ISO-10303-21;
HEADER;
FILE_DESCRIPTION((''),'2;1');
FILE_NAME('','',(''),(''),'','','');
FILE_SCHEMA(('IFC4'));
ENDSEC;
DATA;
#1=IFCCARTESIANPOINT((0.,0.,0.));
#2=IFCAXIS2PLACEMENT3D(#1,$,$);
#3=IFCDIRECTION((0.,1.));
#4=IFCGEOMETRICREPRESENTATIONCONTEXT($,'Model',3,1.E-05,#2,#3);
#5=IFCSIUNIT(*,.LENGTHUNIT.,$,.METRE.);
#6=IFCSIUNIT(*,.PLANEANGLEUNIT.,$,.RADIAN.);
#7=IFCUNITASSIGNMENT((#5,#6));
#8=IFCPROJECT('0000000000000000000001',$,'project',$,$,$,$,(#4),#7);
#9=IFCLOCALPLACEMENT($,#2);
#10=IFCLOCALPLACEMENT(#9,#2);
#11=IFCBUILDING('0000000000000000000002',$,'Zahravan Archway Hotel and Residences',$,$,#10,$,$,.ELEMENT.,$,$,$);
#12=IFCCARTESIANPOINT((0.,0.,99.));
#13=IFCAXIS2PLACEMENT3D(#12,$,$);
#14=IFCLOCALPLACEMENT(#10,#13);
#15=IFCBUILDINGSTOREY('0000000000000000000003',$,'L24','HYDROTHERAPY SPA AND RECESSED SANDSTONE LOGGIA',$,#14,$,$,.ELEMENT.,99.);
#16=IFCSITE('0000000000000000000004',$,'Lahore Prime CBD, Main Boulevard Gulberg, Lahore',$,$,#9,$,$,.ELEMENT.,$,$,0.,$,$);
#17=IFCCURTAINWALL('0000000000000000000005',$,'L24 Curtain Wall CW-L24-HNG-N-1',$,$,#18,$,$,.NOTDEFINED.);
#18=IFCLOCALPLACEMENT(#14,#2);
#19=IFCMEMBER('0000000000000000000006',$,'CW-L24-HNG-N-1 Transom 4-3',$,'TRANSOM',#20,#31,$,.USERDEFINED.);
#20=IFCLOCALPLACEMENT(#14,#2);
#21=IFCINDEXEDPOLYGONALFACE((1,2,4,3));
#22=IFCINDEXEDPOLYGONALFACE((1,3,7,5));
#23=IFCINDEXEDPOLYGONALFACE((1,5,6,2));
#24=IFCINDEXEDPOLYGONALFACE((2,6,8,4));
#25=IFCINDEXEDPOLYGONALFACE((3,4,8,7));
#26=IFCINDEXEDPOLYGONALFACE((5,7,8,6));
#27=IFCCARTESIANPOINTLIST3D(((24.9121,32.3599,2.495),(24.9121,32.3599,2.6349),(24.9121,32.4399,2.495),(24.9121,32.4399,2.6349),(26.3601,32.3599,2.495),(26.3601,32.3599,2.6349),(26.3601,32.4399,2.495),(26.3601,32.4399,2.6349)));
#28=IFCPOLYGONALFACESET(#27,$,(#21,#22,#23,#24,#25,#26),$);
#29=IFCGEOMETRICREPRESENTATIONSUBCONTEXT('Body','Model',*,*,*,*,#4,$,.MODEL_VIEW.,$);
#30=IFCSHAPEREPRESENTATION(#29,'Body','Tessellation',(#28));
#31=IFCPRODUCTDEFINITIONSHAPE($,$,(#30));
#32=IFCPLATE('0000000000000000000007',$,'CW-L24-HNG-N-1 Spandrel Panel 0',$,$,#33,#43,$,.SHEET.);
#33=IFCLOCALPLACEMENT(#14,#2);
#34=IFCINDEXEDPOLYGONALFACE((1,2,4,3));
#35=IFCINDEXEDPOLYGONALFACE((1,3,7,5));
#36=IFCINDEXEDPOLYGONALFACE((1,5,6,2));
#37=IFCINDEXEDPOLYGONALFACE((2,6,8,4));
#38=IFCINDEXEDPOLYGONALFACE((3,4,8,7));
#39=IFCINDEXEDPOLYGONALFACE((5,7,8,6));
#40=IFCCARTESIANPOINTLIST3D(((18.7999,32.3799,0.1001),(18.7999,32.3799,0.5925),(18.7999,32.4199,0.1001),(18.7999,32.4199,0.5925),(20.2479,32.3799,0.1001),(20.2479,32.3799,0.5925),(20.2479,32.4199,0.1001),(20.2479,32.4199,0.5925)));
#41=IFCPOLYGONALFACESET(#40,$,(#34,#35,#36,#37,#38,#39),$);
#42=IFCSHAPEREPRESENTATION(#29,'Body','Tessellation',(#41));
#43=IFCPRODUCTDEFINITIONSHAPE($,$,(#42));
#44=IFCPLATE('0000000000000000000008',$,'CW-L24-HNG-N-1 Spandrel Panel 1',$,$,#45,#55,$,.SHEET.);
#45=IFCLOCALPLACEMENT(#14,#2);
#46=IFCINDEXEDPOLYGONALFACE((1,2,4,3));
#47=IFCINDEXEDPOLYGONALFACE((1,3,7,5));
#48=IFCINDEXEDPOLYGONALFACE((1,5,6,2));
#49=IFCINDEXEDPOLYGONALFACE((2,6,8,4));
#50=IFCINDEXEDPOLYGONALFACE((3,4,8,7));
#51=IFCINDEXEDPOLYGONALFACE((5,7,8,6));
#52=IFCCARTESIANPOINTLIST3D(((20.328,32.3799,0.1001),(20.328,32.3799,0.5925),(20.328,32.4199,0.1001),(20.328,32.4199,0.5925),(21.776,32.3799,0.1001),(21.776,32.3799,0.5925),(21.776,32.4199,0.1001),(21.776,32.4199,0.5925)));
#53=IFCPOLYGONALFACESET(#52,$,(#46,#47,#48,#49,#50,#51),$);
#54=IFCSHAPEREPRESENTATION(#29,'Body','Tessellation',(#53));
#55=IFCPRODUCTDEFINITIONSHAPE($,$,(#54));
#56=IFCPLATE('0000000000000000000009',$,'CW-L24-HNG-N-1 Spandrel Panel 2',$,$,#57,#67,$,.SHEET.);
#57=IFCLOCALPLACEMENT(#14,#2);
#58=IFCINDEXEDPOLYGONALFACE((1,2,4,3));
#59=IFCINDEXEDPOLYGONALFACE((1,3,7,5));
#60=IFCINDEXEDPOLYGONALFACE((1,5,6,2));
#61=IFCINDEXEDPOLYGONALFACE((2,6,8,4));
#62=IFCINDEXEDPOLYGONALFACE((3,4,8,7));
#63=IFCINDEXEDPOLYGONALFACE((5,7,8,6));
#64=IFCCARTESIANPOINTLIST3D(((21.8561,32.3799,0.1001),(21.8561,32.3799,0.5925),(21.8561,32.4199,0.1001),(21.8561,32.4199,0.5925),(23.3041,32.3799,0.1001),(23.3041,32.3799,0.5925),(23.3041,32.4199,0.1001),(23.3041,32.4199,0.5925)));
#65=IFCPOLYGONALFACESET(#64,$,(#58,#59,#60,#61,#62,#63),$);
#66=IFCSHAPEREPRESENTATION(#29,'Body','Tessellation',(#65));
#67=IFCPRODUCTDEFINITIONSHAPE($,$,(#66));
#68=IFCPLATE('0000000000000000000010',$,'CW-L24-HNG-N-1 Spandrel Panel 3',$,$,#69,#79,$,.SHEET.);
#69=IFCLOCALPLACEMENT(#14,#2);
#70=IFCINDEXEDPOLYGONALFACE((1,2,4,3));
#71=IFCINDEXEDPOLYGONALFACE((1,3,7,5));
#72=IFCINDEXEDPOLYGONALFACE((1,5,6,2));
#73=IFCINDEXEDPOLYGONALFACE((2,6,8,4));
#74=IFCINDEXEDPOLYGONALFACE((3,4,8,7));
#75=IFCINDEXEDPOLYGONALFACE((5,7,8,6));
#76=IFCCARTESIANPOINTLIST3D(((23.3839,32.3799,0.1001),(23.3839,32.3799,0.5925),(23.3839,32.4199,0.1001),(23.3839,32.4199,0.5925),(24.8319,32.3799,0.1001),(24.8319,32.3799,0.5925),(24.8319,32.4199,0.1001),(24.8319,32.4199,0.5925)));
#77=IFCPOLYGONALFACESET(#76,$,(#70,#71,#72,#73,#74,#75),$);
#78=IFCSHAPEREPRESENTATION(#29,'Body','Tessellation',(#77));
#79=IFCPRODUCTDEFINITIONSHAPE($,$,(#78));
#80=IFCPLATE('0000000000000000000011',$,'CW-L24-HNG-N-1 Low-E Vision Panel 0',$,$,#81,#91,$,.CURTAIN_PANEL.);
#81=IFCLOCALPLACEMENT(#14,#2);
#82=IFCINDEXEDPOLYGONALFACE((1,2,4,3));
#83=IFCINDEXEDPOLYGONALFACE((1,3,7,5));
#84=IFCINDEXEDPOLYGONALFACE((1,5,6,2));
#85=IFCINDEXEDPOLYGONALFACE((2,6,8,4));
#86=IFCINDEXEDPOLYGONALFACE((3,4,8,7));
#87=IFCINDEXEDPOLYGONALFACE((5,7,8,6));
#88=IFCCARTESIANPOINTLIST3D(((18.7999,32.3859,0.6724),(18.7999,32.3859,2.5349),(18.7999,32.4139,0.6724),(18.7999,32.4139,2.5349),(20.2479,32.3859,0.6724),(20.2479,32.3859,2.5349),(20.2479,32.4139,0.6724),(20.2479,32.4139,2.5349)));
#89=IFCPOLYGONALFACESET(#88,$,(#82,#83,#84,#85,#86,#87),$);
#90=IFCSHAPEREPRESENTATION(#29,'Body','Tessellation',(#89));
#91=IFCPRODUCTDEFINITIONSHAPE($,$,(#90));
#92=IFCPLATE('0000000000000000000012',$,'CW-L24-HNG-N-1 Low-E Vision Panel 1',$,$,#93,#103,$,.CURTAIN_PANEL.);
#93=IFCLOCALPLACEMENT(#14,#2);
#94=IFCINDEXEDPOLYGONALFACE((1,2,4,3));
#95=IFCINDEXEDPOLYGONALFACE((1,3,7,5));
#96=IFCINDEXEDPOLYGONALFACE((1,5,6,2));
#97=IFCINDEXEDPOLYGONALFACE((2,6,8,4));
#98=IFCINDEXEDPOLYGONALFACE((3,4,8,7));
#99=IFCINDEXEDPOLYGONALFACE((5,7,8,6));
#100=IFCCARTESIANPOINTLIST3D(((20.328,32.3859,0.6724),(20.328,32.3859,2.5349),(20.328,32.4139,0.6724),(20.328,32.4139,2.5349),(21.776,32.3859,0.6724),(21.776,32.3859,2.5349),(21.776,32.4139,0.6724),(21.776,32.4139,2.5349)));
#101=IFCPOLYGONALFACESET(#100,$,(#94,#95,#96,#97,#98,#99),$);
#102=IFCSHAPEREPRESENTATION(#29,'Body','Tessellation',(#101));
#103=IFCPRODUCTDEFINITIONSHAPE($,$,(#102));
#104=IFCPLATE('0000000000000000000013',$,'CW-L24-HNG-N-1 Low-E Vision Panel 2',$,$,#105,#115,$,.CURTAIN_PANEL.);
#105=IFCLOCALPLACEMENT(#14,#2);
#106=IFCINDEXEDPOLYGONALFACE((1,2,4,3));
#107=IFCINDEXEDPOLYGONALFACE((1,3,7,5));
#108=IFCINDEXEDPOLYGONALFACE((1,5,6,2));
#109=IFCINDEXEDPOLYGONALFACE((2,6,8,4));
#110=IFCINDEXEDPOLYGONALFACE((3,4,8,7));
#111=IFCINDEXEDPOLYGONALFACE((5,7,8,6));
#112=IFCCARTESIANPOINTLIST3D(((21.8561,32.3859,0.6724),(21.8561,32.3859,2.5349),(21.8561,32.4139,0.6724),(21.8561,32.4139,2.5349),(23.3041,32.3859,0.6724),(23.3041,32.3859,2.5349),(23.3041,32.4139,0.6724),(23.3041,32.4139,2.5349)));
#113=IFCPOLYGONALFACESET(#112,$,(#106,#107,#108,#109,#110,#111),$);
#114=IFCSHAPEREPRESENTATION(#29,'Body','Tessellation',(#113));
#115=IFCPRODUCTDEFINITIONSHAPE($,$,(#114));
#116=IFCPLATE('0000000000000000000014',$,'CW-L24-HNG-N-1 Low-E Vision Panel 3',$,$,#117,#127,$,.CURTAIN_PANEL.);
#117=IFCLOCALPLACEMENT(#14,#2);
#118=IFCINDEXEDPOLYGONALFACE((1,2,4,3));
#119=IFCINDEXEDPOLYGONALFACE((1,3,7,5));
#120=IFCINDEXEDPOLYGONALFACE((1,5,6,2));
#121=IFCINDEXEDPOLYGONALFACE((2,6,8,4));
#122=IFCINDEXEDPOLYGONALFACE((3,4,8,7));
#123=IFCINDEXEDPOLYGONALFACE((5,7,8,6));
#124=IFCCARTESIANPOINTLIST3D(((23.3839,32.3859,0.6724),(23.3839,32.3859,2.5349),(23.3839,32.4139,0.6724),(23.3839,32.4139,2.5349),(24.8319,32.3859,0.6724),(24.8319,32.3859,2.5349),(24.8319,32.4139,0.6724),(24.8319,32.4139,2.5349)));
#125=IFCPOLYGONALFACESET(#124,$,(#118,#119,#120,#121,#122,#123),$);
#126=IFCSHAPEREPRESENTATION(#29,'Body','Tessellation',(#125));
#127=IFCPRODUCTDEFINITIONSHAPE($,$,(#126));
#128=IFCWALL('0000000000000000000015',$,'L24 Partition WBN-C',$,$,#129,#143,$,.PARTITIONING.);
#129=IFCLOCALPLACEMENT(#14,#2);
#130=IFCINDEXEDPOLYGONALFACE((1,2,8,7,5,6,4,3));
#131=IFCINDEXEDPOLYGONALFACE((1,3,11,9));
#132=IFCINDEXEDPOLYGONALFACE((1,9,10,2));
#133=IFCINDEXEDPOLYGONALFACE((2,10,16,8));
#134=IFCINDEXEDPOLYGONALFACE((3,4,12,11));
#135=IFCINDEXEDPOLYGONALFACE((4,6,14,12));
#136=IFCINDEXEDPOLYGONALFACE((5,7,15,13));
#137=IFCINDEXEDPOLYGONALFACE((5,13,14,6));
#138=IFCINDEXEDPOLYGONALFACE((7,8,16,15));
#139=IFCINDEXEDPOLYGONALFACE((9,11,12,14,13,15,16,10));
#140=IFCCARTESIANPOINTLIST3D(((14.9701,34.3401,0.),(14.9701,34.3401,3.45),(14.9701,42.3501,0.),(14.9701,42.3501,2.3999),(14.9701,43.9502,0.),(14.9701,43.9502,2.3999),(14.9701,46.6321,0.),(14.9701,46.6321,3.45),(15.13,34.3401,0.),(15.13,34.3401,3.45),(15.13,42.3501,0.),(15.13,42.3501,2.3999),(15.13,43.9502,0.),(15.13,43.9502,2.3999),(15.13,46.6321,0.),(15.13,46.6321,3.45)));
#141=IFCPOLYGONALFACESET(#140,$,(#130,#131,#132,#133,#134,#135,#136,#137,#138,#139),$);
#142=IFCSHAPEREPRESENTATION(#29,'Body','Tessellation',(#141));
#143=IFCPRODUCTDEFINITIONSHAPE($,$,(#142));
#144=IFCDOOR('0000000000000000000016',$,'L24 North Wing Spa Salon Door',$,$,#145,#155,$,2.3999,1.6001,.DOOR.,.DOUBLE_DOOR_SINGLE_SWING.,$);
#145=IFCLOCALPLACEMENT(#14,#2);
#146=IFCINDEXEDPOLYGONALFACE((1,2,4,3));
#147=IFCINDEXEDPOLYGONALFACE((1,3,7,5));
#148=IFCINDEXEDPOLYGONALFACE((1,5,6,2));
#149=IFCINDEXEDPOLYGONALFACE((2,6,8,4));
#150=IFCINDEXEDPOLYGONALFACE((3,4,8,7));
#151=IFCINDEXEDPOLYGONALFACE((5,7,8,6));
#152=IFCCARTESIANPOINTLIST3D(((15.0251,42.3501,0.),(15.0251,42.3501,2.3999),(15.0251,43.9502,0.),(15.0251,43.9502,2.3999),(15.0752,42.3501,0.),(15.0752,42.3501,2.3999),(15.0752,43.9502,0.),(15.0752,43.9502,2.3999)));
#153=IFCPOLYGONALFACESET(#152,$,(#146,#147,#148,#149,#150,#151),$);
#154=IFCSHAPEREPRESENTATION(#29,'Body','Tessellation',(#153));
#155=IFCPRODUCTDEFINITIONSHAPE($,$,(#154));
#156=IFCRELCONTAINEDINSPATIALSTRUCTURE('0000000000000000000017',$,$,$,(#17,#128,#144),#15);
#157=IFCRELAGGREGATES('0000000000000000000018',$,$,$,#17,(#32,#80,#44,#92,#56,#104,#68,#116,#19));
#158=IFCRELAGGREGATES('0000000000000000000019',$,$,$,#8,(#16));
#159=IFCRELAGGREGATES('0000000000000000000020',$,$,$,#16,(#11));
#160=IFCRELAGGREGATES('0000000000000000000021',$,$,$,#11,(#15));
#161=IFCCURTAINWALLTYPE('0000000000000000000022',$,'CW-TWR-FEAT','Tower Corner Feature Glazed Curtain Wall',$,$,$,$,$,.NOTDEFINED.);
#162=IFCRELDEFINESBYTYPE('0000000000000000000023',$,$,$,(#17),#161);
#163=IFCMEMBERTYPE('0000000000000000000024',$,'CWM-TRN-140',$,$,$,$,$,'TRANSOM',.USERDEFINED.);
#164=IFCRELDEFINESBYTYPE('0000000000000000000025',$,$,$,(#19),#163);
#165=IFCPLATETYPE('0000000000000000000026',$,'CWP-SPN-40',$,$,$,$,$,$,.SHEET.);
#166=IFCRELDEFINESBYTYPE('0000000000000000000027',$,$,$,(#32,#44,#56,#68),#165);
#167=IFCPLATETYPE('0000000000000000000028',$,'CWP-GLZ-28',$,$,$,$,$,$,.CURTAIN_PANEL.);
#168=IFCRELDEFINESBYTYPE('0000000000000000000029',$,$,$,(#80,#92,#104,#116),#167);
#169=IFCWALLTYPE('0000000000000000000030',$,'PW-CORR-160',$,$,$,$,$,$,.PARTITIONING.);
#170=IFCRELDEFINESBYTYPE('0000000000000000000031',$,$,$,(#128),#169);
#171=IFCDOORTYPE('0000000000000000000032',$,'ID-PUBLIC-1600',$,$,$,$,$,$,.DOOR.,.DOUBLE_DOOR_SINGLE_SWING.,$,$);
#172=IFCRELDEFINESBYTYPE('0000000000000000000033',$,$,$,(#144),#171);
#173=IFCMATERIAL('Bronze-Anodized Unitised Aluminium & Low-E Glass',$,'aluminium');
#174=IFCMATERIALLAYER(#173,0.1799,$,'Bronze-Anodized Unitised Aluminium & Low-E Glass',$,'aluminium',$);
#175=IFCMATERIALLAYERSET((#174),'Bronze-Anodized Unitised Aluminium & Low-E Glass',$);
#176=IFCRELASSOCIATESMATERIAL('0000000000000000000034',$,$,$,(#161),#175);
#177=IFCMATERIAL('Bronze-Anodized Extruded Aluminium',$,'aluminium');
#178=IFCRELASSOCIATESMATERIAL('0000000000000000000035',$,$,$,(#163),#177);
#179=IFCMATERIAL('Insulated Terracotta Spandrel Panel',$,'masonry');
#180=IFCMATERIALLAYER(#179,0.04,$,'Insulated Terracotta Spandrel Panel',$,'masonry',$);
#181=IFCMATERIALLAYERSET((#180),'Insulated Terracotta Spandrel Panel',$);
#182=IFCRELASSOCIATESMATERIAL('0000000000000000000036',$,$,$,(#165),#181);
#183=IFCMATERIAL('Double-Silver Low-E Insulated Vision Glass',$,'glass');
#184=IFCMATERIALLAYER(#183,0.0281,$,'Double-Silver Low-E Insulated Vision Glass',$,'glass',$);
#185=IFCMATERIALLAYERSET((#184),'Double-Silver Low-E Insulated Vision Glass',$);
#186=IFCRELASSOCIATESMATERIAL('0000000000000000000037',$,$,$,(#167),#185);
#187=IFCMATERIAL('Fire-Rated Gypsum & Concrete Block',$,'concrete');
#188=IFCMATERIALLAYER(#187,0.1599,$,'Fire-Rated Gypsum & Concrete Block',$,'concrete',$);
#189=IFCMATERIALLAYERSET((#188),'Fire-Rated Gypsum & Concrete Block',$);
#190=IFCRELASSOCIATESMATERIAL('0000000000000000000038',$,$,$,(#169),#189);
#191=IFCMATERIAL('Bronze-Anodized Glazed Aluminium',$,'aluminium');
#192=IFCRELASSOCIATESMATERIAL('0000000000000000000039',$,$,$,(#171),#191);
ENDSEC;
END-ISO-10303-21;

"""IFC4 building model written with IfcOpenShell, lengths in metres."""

from ifc_helpers import new_model, si_unit, direction, frame, frame_2d, origin, origin_2d, place, context, subcontext, project, spatial, rectangle, extrude, source, transform, mapped, material, layer, layer_set, material_profile, profile_set, type_object, type_shapes, element, fill, aggregate, save


model = new_model("IFC4")

# Units and contexts
model_context = context("Model", 3, precision=1e-05, world=origin(), true_north=direction((0.0, 1.0)))
body_context = subcontext(model_context, "Body", "Model", "MODEL_VIEW")
ifc_project = project(units=[si_unit("LENGTHUNIT", "METRE"), si_unit("PLANEANGLEUNIT", "RADIAN")], contexts=[model_context])

# Site, building, storey
site_placement = place(None, origin())
site = spatial("IfcSite", under=ifc_project, at=site_placement, Name="Lahore Prime CBD, Main Boulevard Gulberg, Lahore", CompositionType="ELEMENT", RefElevation=0.0)
building_placement = place(site_placement, origin())
building = spatial("IfcBuilding", under=site, at=building_placement, Name="Zahravan Archway Hotel and Residences", CompositionType="ELEMENT")
storey_placement = place(building_placement, frame((0.0, 0.0, 99.0)))
storey = spatial("IfcBuildingStorey", under=building, at=storey_placement, Name="L24", Description="HYDROTHERAPY SPA AND RECESSED SANDSTONE LOGGIA", CompositionType="ELEMENT", Elevation=99.0)

# Curtain wall, member, plates
ifc_material_1 = material(Name="Bronze-Anodized Unitised Aluminium & Low-E Glass", Category="aluminium")
ifc_layer_1 = layer(ifc_material_1, 0.1799, Name="Bronze-Anodized Unitised Aluminium & Low-E Glass", Category="aluminium")
ifc_layer_set_1 = layer_set([ifc_layer_1], Name="Bronze-Anodized Unitised Aluminium & Low-E Glass")
curtain_wall_type = type_object("IfcCurtainWallType", Name="CW-TWR-FEAT", Description="Tower Corner Feature Glazed Curtain Wall", PredefinedType="NOTDEFINED", material=ifc_layer_set_1)
curtain_wall_placement = place(storey_placement, origin())
curtain_wall = element("IfcCurtainWall", 1, at=curtain_wall_placement, inside=storey, type_object=curtain_wall_type, Name="L24 Curtain Wall CW-L24-HNG-N-1", PredefinedType="NOTDEFINED")
ifc_material_2 = material(Name="Bronze-Anodized Extruded Aluminium", Category="aluminium")
ifc_material_profile_1 = material_profile(ifc_material_2, rectangle(XDim=0.0801, YDim=0.1399, at=origin_2d()), Name="TRN 80x140", Category="aluminium")
ifc_profile_set_1 = profile_set([ifc_material_profile_1], Name="Bronze-Anodized Extruded Aluminium")
member_type_1 = type_object("IfcMemberType", Name="CWM-TRN-140", ElementType="TRANSOM", PredefinedType="USERDEFINED", material=ifc_profile_set_1)
shared_shape_1 = source(origin(), body_context, "Body", "SweptSolid", [
    extrude(rectangle(XDim=0.0801, YDim=0.1399, at=origin_2d()), origin(), (0.0, 0.0, 1.0), 1.448),
])
member_1_placement = place(storey_placement, frame((24.9121, 32.3999, 2.5649), z_axis=(1.0, 0.0, 0.0), x_axis=(0.0, 1.0, 0.0)))
member_1 = element("IfcMember", 2, at=member_1_placement, type_object=member_type_1, Name="CW-L24-HNG-N-1 Transom 4-3", ObjectType="TRANSOM", PredefinedType="USERDEFINED", context=body_context, shape_type="MappedRepresentation", body=[
    mapped(shared_shape_1, transform((0.0, 0.0, 0.0), scale=1.0)),
])
ifc_material_3 = material(Name="Insulated Terracotta Spandrel Panel", Category="masonry")
ifc_layer_2 = layer(ifc_material_3, 0.04, Name="Insulated Terracotta Spandrel Panel", Category="masonry")
ifc_layer_set_2 = layer_set([ifc_layer_2], Name="Insulated Terracotta Spandrel Panel")
plate_type_1 = type_object("IfcPlateType", Name="CWP-SPN-40", PredefinedType="SHEET", material=ifc_layer_set_2)
shared_shape_2 = source(origin(), body_context, "Body", "SweptSolid", [
    extrude(rectangle(XDim=1.448, YDim=0.04, at=origin_2d()), origin(), (0.0, 0.0, 1.0), 0.4924),
])
plate_1_placement = place(storey_placement, frame((19.5239, 32.3999, 0.1001), z_axis=(0.0, 0.0, 1.0), x_axis=(1.0, 0.0, 0.0)))
plate_1 = element("IfcPlate", 3, at=plate_1_placement, type_object=plate_type_1, Name="CW-L24-HNG-N-1 Spandrel Panel 0", PredefinedType="SHEET", context=body_context, shape_type="MappedRepresentation", body=[
    mapped(shared_shape_2, transform((0.0, 0.0, 0.0), scale=1.0)),
])
plate_2_placement = place(storey_placement, frame((21.052, 32.3999, 0.1001), z_axis=(0.0, 0.0, 1.0), x_axis=(1.0, 0.0, 0.0)))
plate_2 = element("IfcPlate", 4, at=plate_2_placement, type_object=plate_type_1, Name="CW-L24-HNG-N-1 Spandrel Panel 1", PredefinedType="SHEET", context=body_context, shape_type="MappedRepresentation", body=[
    mapped(shared_shape_2, transform((0.0, 0.0, 0.0), scale=1.0)),
])
plate_3_placement = place(storey_placement, frame((22.5801, 32.3999, 0.1001), z_axis=(0.0, 0.0, 1.0), x_axis=(1.0, 0.0, 0.0)))
plate_3 = element("IfcPlate", 5, at=plate_3_placement, type_object=plate_type_1, Name="CW-L24-HNG-N-1 Spandrel Panel 2", PredefinedType="SHEET", context=body_context, shape_type="MappedRepresentation", body=[
    mapped(shared_shape_2, transform((0.0, 0.0, 0.0), scale=1.0)),
])
plate_4_placement = place(storey_placement, frame((24.1079, 32.3999, 0.1001), z_axis=(0.0, 0.0, 1.0), x_axis=(1.0, 0.0, 0.0)))
plate_4 = element("IfcPlate", 6, at=plate_4_placement, type_object=plate_type_1, Name="CW-L24-HNG-N-1 Spandrel Panel 3", PredefinedType="SHEET", context=body_context, shape_type="MappedRepresentation", body=[
    mapped(shared_shape_2, transform((0.0, 0.0, 0.0), scale=1.0)),
])
ifc_material_4 = material(Name="Double-Silver Low-E Insulated Vision Glass", Category="glass")
ifc_layer_3 = layer(ifc_material_4, 0.0281, Name="Double-Silver Low-E Insulated Vision Glass", Category="glass")
ifc_layer_set_3 = layer_set([ifc_layer_3], Name="Double-Silver Low-E Insulated Vision Glass")
plate_type_2 = type_object("IfcPlateType", Name="CWP-GLZ-28", PredefinedType="CURTAIN_PANEL", material=ifc_layer_set_3)
shared_shape_3 = source(origin(), body_context, "Body", "SweptSolid", [
    extrude(rectangle(XDim=1.448, YDim=0.0281, at=origin_2d()), origin(), (0.0, 0.0, 1.0), 1.8625),
])
plate_5_placement = place(storey_placement, frame((19.5239, 32.3999, 0.6724), z_axis=(0.0, 0.0, 1.0), x_axis=(1.0, 0.0, 0.0)))
plate_5 = element("IfcPlate", 7, at=plate_5_placement, type_object=plate_type_2, Name="CW-L24-HNG-N-1 Low-E Vision Panel 0", PredefinedType="CURTAIN_PANEL", context=body_context, shape_type="MappedRepresentation", body=[
    mapped(shared_shape_3, transform((0.0, 0.0, 0.0), scale=1.0)),
])
plate_6_placement = place(storey_placement, frame((21.052, 32.3999, 0.6724), z_axis=(0.0, 0.0, 1.0), x_axis=(1.0, 0.0, 0.0)))
plate_6 = element("IfcPlate", 8, at=plate_6_placement, type_object=plate_type_2, Name="CW-L24-HNG-N-1 Low-E Vision Panel 1", PredefinedType="CURTAIN_PANEL", context=body_context, shape_type="MappedRepresentation", body=[
    mapped(shared_shape_3, transform((0.0, 0.0, 0.0), scale=1.0)),
])
plate_7_placement = place(storey_placement, frame((22.5801, 32.3999, 0.6724), z_axis=(0.0, 0.0, 1.0), x_axis=(1.0, 0.0, 0.0)))
plate_7 = element("IfcPlate", 9, at=plate_7_placement, type_object=plate_type_2, Name="CW-L24-HNG-N-1 Low-E Vision Panel 2", PredefinedType="CURTAIN_PANEL", context=body_context, shape_type="MappedRepresentation", body=[
    mapped(shared_shape_3, transform((0.0, 0.0, 0.0), scale=1.0)),
])
plate_8_placement = place(storey_placement, frame((24.1079, 32.3999, 0.6724), z_axis=(0.0, 0.0, 1.0), x_axis=(1.0, 0.0, 0.0)))
plate_8 = element("IfcPlate", 10, at=plate_8_placement, type_object=plate_type_2, Name="CW-L24-HNG-N-1 Low-E Vision Panel 3", PredefinedType="CURTAIN_PANEL", context=body_context, shape_type="MappedRepresentation", body=[
    mapped(shared_shape_3, transform((0.0, 0.0, 0.0), scale=1.0)),
])
aggregate(curtain_wall, [plate_1, plate_5, plate_2, plate_6, plate_3, plate_7, plate_4, plate_8, member_1])

# Wall, opening, door
ifc_material_5 = material(Name="Fire-Rated Gypsum & Concrete Block", Category="concrete")
ifc_layer_4 = layer(ifc_material_5, 0.1599, Name="Fire-Rated Gypsum & Concrete Block", Category="concrete")
ifc_layer_set_4 = layer_set([ifc_layer_4], Name="Fire-Rated Gypsum & Concrete Block")
wall_type = type_object("IfcWallType", Name="PW-CORR-160", PredefinedType="PARTITIONING", material=ifc_layer_set_4)
wall_placement = place(storey_placement, frame((15.05, 34.3401, 0.0), z_axis=(0.0, 0.0, 1.0), x_axis=(0.0, 1.0, 0.0)))
wall = element("IfcWall", 11, at=wall_placement, inside=storey, type_object=wall_type, Name="L24 Partition WBN-C", PredefinedType="PARTITIONING", context=body_context, shape_type="SweptSolid", body=[
    extrude(rectangle(XDim=12.292, YDim=0.1599, at=frame_2d((6.146, 0.0))), origin(), (0.0, 0.0, 1.0), 3.45),
])
opening_placement = place(wall_placement, frame((8.01, 0.0, 0.0)))
opening = element("IfcOpeningElement", 12, at=opening_placement, cuts=wall, PredefinedType="OPENING", context=body_context, shape_type="SweptSolid", body=[
    extrude(rectangle(XDim=1.6001, YDim=2.3999, at=frame_2d((0.8, 1.2))), frame((0.0, 0.0898, 0.0), z_axis=(0.0, -1.0, 0.0), x_axis=(1.0, 0.0, 0.0)), (0.0, 0.0, 1.0), 0.1799),
])
ifc_material_6 = material(Name="Bronze-Anodized Glazed Aluminium", Category="aluminium")
door_type = type_object("IfcDoorType", Name="ID-PUBLIC-1600", OperationType="DOUBLE_DOOR_SINGLE_SWING", PredefinedType="DOOR", material=ifc_material_6)
shared_shape_4 = source(origin(), body_context, "Body", "SweptSolid", [
    extrude(rectangle(XDim=1.6001, YDim=2.3999, at=frame_2d((0.8, 1.2))), frame((0.0, 0.0249, 0.0), z_axis=(0.0, -1.0, 0.0), x_axis=(1.0, 0.0, 0.0)), (0.0, 0.0, 1.0), 0.05),
])
type_shapes(door_type, [shared_shape_4])
door_placement = place(opening_placement, origin())
door = element("IfcDoor", 13, at=door_placement, inside=storey, type_object=door_type, Name="L24 North Wing Spa Salon Door", OperationType="DOUBLE_DOOR_SINGLE_SWING", OverallHeight=2.3999, OverallWidth=1.6001, PredefinedType="DOOR", context=body_context, shape_type="MappedRepresentation", body=[
    mapped(shared_shape_4, transform((0.0, 0.0, 0.0), scale=1.0)),
])
fill(opening, door)

save(model, "model.ifc")
